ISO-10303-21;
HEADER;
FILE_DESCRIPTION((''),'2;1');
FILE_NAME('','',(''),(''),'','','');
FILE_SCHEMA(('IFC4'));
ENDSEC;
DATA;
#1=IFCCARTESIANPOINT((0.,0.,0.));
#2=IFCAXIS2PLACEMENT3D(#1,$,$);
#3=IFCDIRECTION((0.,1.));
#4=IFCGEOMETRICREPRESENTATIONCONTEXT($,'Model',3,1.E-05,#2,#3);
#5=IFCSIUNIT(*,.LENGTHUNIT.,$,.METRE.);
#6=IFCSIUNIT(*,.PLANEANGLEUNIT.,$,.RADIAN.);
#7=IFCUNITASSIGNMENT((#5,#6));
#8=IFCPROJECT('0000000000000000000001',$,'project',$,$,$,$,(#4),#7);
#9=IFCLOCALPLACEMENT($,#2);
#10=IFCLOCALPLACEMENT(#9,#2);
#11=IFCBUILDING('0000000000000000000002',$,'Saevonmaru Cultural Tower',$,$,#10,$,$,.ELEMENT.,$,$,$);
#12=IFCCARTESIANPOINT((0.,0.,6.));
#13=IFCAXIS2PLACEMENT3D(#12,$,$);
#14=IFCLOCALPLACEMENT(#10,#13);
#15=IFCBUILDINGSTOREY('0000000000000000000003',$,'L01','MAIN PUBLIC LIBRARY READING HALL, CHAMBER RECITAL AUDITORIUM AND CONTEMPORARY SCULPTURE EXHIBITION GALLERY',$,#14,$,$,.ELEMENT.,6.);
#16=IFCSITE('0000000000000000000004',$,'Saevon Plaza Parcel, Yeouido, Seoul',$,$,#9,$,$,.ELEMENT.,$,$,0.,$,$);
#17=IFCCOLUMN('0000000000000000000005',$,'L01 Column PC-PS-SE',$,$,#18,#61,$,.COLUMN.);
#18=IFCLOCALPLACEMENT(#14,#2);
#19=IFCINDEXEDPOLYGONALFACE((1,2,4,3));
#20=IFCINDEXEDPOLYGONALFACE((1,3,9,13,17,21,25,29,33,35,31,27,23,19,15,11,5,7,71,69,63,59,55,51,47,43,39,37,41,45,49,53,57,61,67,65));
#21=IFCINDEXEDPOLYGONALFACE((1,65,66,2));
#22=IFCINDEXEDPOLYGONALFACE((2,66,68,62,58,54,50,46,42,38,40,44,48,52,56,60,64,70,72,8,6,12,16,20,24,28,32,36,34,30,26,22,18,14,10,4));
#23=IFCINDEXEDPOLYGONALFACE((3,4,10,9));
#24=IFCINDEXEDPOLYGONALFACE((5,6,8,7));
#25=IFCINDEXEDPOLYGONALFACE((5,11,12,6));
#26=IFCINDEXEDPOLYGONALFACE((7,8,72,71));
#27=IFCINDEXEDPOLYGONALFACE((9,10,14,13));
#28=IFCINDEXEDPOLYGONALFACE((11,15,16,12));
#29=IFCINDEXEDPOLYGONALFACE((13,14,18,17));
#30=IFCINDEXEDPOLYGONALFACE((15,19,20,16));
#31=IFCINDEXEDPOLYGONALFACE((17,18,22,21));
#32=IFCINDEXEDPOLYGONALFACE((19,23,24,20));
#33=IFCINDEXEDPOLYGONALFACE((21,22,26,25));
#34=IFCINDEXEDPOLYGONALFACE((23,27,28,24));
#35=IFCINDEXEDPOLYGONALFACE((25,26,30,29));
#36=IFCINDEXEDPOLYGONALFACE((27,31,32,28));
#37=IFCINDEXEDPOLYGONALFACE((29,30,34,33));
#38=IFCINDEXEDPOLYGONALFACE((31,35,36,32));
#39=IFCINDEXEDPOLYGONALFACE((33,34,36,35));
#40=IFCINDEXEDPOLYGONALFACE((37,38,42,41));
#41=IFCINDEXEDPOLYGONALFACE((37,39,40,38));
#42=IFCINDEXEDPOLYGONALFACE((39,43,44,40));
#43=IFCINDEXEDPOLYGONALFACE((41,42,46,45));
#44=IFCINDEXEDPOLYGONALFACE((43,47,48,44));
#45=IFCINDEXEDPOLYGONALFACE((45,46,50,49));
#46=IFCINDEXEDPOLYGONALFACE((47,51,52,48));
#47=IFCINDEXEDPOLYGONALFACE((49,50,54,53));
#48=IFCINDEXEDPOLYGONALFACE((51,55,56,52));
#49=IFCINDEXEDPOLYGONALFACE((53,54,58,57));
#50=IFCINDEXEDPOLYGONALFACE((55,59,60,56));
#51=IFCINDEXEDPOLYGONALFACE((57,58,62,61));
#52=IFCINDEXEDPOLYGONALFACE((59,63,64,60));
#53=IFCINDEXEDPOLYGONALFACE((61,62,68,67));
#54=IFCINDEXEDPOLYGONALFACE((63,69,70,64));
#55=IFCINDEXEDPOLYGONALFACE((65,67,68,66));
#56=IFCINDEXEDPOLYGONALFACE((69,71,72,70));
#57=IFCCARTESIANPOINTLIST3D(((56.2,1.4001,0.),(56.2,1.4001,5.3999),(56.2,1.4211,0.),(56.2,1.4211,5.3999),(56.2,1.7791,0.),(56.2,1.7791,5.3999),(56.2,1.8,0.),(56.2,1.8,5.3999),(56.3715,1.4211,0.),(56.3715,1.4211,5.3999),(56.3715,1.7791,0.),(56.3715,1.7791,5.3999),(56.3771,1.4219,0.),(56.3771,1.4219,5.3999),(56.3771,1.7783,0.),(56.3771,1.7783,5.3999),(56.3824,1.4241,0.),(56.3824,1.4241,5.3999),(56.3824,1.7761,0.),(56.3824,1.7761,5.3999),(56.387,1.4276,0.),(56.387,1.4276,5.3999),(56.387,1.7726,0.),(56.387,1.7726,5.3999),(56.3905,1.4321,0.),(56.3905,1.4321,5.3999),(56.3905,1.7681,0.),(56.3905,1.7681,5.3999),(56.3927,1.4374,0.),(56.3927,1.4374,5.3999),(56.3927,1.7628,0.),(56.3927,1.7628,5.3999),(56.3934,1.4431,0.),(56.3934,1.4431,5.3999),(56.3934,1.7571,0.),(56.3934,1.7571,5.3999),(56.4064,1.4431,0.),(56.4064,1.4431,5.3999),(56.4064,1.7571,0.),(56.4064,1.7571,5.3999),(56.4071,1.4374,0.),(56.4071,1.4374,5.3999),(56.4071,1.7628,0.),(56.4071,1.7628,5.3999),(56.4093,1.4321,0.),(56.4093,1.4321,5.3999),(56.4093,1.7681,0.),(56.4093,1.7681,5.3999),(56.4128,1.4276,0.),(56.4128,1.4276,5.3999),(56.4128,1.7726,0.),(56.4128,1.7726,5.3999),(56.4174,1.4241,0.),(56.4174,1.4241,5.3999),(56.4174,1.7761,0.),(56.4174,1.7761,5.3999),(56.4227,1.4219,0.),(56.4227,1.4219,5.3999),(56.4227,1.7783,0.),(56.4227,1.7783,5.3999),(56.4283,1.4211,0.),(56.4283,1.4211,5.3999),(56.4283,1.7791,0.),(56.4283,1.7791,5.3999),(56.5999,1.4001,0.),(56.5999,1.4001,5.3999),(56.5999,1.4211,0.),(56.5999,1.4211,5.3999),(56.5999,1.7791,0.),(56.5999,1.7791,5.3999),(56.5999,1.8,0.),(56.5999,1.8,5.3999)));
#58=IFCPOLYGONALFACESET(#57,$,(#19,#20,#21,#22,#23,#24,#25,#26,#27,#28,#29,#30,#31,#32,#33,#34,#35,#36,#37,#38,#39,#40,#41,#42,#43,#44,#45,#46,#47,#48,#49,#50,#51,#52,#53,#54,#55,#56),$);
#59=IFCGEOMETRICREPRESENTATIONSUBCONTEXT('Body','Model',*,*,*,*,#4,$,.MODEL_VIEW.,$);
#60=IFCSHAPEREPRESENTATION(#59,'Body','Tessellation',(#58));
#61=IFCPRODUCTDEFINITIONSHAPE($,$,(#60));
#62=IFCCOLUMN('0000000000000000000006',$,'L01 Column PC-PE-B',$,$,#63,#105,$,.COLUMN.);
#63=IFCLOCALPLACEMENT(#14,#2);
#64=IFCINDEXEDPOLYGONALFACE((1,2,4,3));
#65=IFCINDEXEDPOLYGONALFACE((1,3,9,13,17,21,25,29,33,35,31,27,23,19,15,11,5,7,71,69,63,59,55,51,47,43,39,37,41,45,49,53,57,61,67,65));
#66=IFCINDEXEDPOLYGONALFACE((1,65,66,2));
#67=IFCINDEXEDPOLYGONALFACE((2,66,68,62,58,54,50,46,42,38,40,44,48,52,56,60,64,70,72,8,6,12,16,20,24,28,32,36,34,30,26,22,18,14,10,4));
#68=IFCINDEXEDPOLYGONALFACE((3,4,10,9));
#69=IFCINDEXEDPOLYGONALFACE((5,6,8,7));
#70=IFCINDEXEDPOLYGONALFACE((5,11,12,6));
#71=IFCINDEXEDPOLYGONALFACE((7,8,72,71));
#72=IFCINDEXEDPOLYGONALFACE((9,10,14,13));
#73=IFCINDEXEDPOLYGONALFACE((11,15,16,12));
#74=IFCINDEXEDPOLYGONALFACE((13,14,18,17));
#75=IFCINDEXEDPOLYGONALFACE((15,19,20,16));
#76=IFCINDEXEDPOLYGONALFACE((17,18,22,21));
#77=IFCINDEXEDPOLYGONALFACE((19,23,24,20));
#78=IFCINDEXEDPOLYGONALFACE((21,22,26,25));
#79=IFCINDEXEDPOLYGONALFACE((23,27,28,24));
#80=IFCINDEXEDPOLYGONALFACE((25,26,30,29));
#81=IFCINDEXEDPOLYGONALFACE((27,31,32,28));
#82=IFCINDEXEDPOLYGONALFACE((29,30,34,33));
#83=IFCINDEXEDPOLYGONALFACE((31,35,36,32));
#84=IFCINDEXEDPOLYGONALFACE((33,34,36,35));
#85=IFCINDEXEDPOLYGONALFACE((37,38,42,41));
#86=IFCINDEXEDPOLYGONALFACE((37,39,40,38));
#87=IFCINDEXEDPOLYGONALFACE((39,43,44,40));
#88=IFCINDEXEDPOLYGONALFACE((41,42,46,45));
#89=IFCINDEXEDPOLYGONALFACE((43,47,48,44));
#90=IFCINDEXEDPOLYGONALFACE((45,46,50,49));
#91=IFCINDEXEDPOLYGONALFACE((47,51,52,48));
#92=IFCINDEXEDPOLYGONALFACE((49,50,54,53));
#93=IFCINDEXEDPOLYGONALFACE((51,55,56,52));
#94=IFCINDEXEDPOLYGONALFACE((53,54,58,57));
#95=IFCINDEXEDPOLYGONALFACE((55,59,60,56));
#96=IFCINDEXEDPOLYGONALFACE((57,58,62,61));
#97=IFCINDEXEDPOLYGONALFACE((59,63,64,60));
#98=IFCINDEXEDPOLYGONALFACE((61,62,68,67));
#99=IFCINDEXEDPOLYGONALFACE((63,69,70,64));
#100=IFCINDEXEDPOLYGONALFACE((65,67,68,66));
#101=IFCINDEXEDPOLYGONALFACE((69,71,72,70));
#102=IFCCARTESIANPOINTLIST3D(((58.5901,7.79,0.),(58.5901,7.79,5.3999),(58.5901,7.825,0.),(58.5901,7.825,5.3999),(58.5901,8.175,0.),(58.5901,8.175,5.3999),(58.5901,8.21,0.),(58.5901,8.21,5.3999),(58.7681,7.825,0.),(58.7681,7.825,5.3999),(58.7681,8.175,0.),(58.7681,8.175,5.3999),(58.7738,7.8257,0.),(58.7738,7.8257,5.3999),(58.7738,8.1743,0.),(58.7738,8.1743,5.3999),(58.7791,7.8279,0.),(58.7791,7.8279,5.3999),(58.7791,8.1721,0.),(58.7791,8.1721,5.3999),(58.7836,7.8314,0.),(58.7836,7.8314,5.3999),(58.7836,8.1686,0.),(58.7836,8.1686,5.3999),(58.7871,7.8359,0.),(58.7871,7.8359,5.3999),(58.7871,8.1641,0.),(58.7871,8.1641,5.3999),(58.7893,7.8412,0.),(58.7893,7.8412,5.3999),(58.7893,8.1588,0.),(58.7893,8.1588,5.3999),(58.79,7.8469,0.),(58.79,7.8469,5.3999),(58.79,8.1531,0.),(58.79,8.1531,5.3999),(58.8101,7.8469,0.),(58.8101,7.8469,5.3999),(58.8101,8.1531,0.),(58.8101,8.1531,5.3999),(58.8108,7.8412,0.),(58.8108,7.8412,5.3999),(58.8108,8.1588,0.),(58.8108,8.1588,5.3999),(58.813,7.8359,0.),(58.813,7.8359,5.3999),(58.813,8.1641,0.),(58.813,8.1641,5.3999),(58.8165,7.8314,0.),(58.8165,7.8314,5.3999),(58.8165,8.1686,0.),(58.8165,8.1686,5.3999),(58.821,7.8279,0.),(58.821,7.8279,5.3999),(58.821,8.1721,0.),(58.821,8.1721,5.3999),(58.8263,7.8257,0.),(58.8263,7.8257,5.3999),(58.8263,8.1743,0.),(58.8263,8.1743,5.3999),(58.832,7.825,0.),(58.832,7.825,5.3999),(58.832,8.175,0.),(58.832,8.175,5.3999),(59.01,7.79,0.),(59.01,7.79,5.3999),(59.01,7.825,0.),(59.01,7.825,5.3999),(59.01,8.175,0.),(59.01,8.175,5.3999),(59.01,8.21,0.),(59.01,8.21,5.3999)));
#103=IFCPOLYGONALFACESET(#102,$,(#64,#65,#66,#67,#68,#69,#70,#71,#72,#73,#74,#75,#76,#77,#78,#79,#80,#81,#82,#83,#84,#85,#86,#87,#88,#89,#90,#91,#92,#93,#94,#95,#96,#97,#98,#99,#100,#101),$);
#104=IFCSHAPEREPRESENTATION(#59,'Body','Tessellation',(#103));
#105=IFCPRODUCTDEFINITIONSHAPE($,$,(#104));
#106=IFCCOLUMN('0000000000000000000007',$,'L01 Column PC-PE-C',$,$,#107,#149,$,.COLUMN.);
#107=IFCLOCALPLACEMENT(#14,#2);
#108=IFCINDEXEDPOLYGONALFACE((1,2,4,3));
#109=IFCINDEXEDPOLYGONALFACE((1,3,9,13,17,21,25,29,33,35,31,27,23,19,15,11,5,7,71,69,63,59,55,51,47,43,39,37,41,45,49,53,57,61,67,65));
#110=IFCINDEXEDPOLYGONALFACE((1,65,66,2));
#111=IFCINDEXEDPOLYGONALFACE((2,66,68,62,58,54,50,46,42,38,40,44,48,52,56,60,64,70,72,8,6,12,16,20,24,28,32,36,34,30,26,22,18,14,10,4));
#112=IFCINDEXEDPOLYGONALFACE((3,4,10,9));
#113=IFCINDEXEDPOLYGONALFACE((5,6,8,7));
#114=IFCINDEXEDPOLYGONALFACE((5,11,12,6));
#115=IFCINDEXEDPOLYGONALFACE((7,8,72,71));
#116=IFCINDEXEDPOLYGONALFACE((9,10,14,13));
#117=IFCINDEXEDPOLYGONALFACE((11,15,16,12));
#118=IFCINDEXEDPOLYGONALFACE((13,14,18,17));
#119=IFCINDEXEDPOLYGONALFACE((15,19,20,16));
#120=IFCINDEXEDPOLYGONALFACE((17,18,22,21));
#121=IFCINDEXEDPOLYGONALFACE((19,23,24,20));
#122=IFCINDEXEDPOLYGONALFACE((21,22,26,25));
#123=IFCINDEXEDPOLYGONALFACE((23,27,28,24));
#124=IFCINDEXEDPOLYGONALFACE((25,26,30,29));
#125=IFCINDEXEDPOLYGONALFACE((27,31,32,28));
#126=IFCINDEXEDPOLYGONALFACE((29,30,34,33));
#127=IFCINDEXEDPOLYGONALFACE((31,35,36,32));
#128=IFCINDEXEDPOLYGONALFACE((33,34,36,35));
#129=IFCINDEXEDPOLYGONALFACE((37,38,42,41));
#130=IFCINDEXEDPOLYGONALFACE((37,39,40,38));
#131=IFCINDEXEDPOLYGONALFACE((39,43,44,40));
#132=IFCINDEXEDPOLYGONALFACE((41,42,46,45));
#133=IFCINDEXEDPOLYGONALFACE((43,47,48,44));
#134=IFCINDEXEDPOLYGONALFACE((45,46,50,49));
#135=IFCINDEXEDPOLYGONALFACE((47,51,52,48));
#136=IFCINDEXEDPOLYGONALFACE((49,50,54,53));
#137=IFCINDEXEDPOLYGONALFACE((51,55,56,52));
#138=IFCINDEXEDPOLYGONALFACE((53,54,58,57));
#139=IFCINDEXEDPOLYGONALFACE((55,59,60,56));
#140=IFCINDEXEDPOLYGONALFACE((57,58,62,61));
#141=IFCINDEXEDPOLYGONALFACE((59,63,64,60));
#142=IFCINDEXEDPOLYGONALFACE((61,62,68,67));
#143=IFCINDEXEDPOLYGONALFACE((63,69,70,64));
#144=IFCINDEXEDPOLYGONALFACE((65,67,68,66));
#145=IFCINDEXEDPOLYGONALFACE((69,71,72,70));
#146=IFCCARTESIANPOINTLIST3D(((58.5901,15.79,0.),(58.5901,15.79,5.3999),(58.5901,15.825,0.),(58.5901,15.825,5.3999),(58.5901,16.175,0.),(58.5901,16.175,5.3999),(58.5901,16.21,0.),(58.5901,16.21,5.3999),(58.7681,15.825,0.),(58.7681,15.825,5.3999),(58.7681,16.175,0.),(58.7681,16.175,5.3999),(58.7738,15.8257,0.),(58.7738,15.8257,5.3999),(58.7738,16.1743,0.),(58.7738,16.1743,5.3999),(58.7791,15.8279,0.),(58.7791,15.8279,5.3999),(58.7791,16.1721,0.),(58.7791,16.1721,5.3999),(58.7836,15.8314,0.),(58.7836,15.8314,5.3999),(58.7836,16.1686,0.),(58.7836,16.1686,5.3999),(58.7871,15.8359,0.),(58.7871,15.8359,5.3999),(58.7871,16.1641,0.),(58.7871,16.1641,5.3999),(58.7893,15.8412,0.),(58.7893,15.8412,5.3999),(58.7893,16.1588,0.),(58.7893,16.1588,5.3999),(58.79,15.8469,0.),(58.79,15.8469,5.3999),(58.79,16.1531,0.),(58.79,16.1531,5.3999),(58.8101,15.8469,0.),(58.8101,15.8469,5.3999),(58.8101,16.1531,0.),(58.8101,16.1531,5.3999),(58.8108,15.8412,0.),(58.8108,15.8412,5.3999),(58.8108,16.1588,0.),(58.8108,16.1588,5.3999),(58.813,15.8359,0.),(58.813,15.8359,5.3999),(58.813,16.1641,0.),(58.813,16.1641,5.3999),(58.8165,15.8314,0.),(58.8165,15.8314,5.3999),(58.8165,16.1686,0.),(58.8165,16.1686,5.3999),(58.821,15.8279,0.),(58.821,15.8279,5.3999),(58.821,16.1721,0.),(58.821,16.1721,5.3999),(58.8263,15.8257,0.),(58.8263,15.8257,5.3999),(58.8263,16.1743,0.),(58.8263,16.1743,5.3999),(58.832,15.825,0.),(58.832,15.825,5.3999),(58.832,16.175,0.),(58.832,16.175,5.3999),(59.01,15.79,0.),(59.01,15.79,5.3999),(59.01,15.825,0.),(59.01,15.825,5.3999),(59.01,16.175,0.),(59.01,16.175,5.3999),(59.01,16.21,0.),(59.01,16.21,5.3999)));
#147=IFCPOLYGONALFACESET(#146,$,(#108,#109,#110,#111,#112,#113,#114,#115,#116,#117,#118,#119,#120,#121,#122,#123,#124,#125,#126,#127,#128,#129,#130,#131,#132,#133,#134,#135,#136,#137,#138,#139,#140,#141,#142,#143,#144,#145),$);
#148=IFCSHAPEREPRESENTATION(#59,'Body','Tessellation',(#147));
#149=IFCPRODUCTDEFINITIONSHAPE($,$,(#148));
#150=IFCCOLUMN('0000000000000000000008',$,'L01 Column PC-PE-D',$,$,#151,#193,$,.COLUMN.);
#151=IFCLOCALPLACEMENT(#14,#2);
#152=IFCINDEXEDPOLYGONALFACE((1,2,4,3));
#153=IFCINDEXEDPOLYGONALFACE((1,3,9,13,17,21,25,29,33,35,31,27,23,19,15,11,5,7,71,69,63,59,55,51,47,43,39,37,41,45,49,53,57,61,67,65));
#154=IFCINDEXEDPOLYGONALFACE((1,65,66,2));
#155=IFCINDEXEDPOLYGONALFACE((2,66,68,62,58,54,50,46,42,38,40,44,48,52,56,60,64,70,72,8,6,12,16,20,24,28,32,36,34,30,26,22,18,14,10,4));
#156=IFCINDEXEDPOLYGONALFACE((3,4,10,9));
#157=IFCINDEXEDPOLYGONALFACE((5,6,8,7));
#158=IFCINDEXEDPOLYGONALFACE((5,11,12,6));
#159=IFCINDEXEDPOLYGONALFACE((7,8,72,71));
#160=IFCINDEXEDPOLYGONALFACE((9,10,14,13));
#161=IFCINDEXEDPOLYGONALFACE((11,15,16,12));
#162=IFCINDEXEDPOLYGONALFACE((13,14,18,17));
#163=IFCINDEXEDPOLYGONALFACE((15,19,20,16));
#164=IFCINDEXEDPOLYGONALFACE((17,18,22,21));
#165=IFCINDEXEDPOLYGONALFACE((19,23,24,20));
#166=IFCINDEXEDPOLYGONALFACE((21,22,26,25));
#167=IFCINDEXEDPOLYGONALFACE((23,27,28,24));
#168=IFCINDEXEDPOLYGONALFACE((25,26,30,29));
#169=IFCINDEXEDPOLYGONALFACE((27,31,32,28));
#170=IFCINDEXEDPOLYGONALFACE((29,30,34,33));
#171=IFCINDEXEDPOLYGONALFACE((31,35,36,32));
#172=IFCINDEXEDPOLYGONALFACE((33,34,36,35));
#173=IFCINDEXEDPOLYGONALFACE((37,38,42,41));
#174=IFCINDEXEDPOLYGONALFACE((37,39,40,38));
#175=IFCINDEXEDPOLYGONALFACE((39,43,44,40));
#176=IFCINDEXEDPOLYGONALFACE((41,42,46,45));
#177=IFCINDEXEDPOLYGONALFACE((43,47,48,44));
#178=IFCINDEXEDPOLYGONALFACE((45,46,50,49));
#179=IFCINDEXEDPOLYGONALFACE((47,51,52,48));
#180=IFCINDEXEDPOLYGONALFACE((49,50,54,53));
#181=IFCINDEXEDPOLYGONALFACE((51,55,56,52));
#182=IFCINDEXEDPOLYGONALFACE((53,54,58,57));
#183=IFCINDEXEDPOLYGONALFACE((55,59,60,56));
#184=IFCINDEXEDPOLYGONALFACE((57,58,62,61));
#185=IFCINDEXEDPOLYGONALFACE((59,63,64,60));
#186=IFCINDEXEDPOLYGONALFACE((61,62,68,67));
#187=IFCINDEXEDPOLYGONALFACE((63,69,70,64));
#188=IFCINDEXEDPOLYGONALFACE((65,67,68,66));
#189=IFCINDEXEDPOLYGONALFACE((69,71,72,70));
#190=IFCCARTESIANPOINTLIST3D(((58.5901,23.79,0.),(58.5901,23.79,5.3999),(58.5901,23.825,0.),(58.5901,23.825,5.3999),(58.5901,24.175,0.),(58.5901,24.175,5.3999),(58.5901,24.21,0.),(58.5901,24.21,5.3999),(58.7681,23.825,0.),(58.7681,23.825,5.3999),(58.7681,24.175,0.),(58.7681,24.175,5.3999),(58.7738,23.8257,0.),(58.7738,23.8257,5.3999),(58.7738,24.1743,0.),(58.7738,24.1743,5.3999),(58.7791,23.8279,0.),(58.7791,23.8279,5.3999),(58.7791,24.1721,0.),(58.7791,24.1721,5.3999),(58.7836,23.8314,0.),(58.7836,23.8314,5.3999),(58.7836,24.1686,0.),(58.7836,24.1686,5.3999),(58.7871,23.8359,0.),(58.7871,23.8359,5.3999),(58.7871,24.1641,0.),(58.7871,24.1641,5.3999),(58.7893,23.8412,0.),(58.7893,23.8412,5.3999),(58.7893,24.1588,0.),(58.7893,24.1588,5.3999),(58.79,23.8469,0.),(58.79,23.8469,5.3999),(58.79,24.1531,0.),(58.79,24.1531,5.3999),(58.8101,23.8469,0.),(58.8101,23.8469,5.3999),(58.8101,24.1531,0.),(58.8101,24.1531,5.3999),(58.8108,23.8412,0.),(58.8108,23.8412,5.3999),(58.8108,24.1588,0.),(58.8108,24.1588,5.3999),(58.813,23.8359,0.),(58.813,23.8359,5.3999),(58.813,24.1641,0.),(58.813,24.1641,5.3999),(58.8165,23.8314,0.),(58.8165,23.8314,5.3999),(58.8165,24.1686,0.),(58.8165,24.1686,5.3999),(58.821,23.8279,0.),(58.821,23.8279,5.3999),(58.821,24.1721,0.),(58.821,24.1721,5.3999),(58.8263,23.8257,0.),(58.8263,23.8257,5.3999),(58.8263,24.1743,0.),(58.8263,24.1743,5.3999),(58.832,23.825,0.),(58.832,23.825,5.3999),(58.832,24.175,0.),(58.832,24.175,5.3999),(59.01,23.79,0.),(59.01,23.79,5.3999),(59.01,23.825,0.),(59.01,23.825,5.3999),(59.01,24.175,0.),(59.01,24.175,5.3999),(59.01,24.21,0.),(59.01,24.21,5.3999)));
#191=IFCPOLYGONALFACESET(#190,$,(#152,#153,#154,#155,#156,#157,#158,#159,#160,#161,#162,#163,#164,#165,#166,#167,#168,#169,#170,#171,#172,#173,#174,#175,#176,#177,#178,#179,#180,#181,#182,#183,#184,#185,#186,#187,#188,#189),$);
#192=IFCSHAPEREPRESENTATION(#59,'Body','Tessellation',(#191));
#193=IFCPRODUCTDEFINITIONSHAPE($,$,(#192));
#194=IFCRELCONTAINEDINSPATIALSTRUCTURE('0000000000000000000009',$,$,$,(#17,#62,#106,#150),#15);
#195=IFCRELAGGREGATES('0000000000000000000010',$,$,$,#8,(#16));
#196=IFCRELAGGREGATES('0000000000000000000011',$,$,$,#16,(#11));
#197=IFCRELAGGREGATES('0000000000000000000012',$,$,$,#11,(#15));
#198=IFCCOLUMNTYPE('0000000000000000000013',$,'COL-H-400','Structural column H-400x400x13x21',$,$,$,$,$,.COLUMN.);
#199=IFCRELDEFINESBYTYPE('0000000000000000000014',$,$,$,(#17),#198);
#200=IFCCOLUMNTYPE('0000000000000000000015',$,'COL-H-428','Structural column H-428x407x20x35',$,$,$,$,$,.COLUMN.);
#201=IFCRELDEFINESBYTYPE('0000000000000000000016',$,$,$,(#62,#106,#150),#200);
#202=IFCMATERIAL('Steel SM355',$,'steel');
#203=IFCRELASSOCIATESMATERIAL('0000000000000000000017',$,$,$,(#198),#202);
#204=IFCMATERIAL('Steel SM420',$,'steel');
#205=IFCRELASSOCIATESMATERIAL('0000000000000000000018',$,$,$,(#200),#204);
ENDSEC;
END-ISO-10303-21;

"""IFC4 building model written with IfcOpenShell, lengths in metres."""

from ifc_helpers import new_model, si_unit, direction, frame, origin, origin_2d, place, context, subcontext, project, spatial, i_section, extrude, material, material_profile, profile_set, type_object, element, save


model = new_model("IFC4")

# Units and contexts
model_context = context("Model", 3, precision=1e-05, world=origin(), true_north=direction((0.0, 1.0)))
body_context = subcontext(model_context, "Body", "Model", "MODEL_VIEW")
ifc_project = project(units=[si_unit("LENGTHUNIT", "METRE"), si_unit("PLANEANGLEUNIT", "RADIAN")], contexts=[model_context])

# Site, building, storey
site_placement = place(None, origin())
site = spatial("IfcSite", under=ifc_project, at=site_placement, Name="Saevon Plaza Parcel, Yeouido, Seoul", CompositionType="ELEMENT", RefElevation=0.0)
building_placement = place(site_placement, origin())
building = spatial("IfcBuilding", under=site, at=building_placement, Name="Saevonmaru Cultural Tower", CompositionType="ELEMENT")
storey_placement = place(building_placement, frame((0.0, 0.0, 6.0)))
storey = spatial("IfcBuildingStorey", under=building, at=storey_placement, Name="L01", Description="MAIN PUBLIC LIBRARY READING HALL, CHAMBER RECITAL AUDITORIUM AND CONTEMPORARY SCULPTURE EXHIBITION GALLERY", CompositionType="ELEMENT", Elevation=6.0)

# Columns
ifc_material_1 = material(Name="Steel SM355", Category="steel")
ifc_material_profile_1 = material_profile(ifc_material_1, i_section(OverallWidth=0.3999, OverallDepth=0.3999, WebThickness=0.0129, FlangeThickness=0.021, FilletRadius=0.022, at=origin_2d()), Name="H-400x400x13x21")
ifc_profile_set_1 = profile_set([ifc_material_profile_1], Name="Steel SM355")
column_type_1 = type_object("IfcColumnType", Name="COL-H-400", Description="Structural column H-400x400x13x21", PredefinedType="COLUMN", material=ifc_profile_set_1)
column_placement = place(storey_placement, frame((56.3999, 1.6001, 0.0), z_axis=(0.0, 0.0, 1.0), x_axis=(1.0, 0.0, 0.0)))
element("IfcColumn", 1, at=column_placement, inside=storey, type_object=column_type_1, Name="L01 Column PC-PS-SE", PredefinedType="COLUMN", context=body_context, shape_type="SweptSolid", body=[
    extrude(i_section(OverallWidth=0.3999, OverallDepth=0.3999, WebThickness=0.0129, FlangeThickness=0.021, FilletRadius=0.022, at=origin_2d()), origin(), (0.0, 0.0, 1.0), 5.3999),
])
ifc_material_2 = material(Name="Steel SM420", Category="steel")
ifc_material_profile_2 = material_profile(ifc_material_2, i_section(OverallWidth=0.4199, OverallDepth=0.4199, WebThickness=0.02, FlangeThickness=0.0349, FilletRadius=0.022, at=origin_2d()), Name="H-428x407x20x35")
ifc_profile_set_2 = profile_set([ifc_material_profile_2], Name="Steel SM420")
column_type_2 = type_object("IfcColumnType", Name="COL-H-428", Description="Structural column H-428x407x20x35", PredefinedType="COLUMN", material=ifc_profile_set_2)
for number, where, z_axis, x_axis, name in (
    (2, (58.8, 8.0, 0.0), (0.0, 0.0, 1.0), (1.0, 0.0, 0.0), "L01 Column PC-PE-B"),
    (3, (58.8, 16.0, 0.0), (0.0, 0.0, 1.0), (1.0, 0.0, 0.0), "L01 Column PC-PE-C"),
    (4, (58.8, 24.0, 0.0), (0.0, 0.0, 1.0), (1.0, 0.0, 0.0), "L01 Column PC-PE-D"),
):
    element("IfcColumn", number, at=place(storey_placement, frame(where, z_axis=z_axis, x_axis=x_axis)), inside=storey, type_object=column_type_2, Name=name, PredefinedType="COLUMN", context=body_context, shape_type="SweptSolid", body=[
        extrude(i_section(OverallWidth=0.4199, OverallDepth=0.4199, WebThickness=0.02, FlangeThickness=0.0349, FilletRadius=0.022, at=origin_2d()), origin(), (0.0, 0.0, 1.0), 5.3999),
    ])

save(model, "model.ifc")
